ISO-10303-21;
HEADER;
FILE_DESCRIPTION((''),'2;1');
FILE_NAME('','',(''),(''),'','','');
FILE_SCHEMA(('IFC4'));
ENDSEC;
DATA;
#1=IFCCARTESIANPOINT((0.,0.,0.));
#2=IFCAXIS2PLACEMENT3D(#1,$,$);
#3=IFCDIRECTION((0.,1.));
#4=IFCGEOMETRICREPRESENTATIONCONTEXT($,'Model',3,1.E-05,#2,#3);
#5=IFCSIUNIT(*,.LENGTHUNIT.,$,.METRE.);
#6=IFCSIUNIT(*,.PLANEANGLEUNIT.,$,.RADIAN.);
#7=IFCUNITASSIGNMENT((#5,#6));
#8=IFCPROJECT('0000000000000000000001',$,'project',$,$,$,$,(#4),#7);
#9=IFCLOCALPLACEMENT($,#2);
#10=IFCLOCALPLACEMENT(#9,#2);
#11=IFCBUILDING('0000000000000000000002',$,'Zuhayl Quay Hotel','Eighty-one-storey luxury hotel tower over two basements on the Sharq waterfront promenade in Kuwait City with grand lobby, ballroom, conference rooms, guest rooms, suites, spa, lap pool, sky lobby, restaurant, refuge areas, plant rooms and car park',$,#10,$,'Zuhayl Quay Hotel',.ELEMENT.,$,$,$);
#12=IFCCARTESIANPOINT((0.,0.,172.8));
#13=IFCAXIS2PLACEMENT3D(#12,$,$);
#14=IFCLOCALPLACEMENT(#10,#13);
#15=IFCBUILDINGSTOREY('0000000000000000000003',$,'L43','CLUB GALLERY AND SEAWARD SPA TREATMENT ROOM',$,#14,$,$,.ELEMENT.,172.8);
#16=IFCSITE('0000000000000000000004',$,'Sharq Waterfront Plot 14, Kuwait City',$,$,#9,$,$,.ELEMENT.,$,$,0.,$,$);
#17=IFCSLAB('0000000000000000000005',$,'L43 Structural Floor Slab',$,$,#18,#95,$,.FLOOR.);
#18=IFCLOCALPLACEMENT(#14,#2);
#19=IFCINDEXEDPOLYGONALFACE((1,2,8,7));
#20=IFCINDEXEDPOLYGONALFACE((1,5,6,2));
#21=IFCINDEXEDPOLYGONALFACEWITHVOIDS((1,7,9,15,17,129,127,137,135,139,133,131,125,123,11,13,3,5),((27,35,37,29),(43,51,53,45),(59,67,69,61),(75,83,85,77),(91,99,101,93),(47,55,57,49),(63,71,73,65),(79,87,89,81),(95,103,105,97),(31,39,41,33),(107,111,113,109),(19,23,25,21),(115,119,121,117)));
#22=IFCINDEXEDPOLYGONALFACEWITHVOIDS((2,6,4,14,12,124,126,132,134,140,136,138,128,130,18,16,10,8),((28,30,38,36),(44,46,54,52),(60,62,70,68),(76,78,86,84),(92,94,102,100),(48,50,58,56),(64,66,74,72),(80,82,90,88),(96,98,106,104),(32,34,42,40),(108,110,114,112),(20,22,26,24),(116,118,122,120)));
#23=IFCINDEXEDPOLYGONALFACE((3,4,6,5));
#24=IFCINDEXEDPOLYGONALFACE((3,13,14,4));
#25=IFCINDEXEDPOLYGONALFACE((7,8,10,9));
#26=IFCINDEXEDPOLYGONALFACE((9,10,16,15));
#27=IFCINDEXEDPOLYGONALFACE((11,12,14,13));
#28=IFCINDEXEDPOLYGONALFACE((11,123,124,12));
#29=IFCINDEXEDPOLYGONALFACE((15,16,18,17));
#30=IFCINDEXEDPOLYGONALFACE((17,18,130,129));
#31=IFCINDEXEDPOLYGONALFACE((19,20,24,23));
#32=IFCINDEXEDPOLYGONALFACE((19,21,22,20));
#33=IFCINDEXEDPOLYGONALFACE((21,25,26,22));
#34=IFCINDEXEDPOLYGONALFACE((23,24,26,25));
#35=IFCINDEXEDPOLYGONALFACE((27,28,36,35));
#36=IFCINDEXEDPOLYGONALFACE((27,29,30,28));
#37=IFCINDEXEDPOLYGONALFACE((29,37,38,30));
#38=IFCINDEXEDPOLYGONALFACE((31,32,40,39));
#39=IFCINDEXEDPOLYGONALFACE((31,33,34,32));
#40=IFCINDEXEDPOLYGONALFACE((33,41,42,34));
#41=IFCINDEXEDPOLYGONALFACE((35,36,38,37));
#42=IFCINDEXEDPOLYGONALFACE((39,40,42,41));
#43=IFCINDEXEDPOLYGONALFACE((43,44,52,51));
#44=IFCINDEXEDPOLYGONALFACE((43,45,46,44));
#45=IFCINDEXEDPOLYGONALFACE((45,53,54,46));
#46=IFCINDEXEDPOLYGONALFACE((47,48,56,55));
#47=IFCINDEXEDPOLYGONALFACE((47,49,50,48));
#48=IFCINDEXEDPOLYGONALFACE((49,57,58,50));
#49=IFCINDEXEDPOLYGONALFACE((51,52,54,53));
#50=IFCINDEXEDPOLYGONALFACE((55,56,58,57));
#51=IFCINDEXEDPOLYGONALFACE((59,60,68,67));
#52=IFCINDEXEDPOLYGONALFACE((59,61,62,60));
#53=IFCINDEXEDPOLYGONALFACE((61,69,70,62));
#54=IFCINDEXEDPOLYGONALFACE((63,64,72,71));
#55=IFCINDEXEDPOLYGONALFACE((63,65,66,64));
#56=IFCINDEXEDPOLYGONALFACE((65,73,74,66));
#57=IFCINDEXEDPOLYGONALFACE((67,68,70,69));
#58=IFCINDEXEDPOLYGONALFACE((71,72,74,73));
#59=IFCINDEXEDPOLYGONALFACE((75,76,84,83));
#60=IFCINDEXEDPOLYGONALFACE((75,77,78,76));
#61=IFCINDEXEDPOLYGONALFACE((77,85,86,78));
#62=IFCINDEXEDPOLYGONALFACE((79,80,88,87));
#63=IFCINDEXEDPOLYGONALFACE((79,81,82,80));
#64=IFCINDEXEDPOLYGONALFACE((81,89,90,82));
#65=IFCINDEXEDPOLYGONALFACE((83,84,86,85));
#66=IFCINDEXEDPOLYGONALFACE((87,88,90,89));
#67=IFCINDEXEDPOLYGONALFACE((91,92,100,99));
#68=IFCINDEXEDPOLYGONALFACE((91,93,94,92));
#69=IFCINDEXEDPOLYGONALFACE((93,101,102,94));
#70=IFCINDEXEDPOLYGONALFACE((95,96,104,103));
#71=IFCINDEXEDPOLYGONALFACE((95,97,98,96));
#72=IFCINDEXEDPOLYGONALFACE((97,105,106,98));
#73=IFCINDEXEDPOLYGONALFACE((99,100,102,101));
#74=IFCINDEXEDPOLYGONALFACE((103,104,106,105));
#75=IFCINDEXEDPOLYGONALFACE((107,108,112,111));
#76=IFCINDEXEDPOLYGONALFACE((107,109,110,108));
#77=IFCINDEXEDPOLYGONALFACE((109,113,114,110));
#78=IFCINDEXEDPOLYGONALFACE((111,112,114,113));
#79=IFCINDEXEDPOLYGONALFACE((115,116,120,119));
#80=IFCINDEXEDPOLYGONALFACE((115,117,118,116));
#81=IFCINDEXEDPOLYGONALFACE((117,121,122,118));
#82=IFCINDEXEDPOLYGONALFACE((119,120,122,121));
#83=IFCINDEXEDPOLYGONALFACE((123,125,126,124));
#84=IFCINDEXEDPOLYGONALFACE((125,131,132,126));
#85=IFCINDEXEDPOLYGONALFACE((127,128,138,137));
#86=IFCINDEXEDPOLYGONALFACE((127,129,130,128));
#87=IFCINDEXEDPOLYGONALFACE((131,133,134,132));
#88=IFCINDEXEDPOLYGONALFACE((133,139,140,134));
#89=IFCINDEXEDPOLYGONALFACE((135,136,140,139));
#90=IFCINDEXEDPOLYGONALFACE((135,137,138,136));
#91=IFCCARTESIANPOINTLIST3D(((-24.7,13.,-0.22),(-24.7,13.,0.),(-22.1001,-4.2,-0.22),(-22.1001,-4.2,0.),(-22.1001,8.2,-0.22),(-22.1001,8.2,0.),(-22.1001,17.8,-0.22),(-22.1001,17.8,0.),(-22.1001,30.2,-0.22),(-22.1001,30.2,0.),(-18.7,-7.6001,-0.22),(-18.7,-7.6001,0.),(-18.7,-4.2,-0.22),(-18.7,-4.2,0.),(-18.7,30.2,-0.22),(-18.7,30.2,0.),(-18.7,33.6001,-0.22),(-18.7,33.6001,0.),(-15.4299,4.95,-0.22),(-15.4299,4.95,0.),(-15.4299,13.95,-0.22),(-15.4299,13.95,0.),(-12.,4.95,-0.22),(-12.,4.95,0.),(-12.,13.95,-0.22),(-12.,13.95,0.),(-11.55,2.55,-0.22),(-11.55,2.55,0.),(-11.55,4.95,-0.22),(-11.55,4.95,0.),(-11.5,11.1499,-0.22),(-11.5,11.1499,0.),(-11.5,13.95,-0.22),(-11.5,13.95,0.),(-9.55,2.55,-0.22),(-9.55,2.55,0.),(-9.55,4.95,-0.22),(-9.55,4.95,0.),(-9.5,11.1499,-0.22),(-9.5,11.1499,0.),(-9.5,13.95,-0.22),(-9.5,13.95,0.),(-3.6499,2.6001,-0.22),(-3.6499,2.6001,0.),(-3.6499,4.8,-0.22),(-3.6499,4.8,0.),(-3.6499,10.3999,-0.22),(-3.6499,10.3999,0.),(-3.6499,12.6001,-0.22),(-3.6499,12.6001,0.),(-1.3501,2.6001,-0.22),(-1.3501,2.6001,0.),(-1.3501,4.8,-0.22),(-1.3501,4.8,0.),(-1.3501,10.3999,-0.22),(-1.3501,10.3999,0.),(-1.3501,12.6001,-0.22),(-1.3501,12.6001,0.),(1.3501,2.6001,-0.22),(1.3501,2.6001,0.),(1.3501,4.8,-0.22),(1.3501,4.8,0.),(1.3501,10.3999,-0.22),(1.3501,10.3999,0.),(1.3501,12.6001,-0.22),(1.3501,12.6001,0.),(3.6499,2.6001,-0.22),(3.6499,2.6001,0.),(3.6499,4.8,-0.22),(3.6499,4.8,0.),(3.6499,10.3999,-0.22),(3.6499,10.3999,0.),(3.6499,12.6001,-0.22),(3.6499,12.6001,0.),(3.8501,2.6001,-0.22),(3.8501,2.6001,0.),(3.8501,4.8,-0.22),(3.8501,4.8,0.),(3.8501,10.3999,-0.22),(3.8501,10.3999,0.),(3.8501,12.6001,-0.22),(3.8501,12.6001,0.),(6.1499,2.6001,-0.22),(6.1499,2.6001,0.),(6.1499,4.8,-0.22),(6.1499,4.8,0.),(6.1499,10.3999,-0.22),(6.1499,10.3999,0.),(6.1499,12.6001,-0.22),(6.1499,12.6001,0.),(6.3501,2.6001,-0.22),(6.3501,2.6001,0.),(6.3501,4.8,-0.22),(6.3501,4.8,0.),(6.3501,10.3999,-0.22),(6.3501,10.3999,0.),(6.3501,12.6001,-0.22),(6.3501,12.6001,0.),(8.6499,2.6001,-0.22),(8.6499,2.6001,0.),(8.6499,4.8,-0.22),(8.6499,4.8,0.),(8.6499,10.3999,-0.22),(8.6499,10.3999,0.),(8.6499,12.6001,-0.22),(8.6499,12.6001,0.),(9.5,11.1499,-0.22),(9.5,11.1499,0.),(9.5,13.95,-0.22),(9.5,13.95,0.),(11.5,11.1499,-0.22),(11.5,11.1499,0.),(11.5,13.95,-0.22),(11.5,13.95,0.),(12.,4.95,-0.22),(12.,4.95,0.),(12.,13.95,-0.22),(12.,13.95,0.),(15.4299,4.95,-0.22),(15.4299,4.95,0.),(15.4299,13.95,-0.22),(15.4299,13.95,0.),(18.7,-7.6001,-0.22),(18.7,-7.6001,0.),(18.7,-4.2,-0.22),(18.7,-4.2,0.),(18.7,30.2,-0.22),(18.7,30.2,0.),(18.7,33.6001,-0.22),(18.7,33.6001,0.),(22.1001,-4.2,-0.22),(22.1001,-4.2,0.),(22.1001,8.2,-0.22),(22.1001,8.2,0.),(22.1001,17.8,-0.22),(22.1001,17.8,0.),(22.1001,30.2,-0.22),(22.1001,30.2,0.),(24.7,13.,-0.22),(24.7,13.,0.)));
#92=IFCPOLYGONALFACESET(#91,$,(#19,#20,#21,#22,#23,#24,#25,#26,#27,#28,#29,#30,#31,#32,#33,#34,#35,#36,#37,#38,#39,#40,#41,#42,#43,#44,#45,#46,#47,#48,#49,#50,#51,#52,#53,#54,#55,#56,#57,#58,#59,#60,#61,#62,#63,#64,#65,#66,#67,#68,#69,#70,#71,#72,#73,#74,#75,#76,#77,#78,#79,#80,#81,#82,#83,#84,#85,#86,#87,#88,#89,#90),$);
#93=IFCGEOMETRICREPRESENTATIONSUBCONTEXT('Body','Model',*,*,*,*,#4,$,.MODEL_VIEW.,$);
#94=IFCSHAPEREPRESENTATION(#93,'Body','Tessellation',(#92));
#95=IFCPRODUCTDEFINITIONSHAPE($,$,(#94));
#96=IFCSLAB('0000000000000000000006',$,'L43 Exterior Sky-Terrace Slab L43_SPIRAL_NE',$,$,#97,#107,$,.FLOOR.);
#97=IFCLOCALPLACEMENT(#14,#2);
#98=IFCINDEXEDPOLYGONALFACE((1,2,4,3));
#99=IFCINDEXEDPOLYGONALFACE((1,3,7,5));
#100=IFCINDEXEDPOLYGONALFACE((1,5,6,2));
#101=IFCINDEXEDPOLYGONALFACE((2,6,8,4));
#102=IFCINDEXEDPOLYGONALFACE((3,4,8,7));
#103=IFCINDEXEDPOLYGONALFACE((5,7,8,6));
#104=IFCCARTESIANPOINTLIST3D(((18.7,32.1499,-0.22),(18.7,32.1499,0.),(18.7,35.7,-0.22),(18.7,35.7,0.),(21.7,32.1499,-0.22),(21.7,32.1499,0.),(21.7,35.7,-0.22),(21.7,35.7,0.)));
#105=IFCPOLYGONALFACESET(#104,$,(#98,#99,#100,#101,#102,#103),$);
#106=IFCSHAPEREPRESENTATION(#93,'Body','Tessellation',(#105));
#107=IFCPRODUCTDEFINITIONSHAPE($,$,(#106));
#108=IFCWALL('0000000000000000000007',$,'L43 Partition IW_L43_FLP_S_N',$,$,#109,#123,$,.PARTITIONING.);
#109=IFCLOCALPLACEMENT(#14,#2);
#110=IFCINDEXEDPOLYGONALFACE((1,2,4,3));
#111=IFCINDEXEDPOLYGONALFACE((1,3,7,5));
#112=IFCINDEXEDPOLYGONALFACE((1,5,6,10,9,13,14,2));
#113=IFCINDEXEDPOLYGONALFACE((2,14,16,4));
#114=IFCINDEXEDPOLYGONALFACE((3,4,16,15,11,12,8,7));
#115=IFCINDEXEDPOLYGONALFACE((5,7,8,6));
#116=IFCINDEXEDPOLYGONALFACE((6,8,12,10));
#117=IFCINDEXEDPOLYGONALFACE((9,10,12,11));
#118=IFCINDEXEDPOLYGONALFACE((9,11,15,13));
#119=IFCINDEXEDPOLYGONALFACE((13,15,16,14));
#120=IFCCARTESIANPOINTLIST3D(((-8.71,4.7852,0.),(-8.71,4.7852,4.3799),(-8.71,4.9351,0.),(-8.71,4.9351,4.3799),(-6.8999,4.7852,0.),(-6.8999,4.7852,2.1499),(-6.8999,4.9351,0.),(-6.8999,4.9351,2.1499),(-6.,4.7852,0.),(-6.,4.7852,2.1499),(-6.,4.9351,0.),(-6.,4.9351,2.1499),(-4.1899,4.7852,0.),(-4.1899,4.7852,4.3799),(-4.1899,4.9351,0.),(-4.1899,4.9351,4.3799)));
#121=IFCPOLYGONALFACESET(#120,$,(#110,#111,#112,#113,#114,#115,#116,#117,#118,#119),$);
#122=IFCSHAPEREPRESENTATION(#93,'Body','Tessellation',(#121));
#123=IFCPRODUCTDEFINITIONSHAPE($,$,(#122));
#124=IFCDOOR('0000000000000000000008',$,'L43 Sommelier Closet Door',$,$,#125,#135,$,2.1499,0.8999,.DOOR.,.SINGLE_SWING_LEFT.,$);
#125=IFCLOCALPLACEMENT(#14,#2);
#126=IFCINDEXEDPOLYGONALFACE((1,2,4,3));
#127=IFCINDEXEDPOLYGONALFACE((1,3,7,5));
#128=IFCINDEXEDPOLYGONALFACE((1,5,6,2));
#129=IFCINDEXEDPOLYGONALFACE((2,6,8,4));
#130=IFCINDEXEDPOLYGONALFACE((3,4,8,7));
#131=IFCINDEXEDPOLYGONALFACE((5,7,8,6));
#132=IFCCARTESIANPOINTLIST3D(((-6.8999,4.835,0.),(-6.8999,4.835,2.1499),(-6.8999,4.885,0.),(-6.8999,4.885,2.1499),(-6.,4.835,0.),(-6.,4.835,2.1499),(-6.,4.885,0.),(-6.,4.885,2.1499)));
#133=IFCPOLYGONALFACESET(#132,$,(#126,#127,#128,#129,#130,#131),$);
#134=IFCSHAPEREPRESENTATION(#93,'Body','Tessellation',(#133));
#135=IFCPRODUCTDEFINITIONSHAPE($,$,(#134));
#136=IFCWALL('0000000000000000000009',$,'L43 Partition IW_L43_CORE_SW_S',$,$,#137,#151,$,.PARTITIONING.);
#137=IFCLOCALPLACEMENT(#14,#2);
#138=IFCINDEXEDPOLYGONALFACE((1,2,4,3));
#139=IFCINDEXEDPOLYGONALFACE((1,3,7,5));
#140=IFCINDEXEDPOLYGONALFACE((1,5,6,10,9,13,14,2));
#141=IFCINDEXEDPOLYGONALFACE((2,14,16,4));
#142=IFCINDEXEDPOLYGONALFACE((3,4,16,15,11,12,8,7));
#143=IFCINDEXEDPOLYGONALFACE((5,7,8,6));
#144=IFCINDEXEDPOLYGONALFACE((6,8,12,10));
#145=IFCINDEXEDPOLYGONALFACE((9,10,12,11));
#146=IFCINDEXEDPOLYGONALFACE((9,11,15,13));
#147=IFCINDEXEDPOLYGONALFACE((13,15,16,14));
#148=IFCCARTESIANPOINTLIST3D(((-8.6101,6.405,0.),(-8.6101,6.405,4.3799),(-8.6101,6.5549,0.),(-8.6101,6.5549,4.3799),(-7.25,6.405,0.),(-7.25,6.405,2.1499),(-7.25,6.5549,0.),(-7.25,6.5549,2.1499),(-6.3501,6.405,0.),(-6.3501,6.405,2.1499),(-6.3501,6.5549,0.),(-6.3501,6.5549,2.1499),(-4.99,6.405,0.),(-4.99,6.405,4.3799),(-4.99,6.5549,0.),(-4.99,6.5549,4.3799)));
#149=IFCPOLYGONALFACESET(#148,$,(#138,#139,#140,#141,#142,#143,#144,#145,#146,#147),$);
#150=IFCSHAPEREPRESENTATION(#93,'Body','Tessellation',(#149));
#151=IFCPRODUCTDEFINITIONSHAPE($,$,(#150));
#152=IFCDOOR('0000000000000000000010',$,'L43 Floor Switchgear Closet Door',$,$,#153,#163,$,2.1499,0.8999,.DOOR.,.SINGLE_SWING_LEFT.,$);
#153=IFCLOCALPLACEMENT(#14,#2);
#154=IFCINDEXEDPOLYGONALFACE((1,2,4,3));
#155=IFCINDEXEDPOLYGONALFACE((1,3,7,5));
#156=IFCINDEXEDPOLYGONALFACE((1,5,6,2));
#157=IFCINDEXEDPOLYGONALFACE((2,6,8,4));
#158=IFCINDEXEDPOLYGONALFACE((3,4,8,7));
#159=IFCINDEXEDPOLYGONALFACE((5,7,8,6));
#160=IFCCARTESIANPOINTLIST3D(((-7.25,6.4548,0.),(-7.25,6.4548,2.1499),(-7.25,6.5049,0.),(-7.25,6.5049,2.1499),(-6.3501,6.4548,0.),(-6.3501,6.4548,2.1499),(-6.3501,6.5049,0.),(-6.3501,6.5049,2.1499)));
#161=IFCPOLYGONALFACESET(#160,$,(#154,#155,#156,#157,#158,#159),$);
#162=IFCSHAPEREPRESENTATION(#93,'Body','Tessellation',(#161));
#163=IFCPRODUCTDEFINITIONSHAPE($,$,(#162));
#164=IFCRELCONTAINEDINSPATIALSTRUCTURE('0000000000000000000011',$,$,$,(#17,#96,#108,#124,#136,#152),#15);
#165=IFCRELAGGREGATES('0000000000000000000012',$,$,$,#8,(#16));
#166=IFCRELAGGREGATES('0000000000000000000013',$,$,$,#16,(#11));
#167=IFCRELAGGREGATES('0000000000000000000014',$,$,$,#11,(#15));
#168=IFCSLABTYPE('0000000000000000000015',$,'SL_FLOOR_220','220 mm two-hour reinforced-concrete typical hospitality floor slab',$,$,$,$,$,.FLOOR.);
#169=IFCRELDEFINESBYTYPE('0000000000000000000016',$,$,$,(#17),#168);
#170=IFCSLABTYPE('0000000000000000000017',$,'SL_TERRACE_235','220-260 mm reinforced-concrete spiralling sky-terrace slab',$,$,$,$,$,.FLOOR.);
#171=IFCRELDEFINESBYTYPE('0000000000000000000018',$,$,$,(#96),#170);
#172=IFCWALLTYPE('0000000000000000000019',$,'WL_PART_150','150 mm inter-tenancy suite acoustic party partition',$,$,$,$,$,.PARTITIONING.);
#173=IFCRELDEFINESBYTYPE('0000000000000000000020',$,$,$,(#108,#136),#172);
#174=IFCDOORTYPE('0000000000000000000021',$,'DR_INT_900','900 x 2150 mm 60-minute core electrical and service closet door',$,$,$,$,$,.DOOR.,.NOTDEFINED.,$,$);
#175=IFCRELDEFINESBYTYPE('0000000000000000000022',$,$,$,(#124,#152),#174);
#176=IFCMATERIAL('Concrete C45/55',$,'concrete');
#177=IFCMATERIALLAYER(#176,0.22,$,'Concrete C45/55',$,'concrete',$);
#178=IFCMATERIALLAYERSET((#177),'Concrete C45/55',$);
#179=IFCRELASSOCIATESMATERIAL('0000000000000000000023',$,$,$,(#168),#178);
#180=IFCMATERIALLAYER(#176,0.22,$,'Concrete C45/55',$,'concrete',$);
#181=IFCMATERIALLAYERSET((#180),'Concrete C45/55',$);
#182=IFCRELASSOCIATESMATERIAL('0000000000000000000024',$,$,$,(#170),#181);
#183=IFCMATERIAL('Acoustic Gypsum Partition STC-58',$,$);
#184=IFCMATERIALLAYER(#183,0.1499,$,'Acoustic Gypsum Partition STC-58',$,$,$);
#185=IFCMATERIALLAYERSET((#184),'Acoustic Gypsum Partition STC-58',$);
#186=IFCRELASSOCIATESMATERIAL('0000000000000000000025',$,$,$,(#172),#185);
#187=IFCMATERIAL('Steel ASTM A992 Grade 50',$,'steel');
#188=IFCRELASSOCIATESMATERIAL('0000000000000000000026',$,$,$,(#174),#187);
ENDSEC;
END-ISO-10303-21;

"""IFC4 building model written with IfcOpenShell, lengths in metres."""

from ifc_helpers import new_model, si_unit, direction, frame, frame_2d, origin, place, context, subcontext, project, spatial, polyline, rectangle, outline, extrude, material, layer, layer_set, type_object, element, fill, save


model = new_model("IFC4")

# Units and contexts
model_context = context("Model", 3, precision=1e-05, world=origin(), true_north=direction((0.0, 1.0)))
body_context = subcontext(model_context, "Body", "Model", "MODEL_VIEW")
ifc_project = project(units=[si_unit("LENGTHUNIT", "METRE"), si_unit("PLANEANGLEUNIT", "RADIAN")], contexts=[model_context])

# Site, building, storey
site_placement = place(None, origin())
site = spatial("IfcSite", under=ifc_project, at=site_placement, Name="Sharq Waterfront Plot 14, Kuwait City", CompositionType="ELEMENT", RefElevation=0.0)
building_placement = place(site_placement, origin())
building = spatial("IfcBuilding", under=site, at=building_placement, Name="Zuhayl Quay Hotel", Description="Eighty-one-storey luxury hotel tower over two basements on the Sharq waterfront promenade in Kuwait City with grand lobby, ballroom, conference rooms, guest rooms, suites, spa, lap pool, sky lobby, restaurant, refuge areas, plant rooms and car park", LongName="Zuhayl Quay Hotel", CompositionType="ELEMENT")
storey_placement = place(building_placement, frame((0.0, 0.0, 172.8)))
storey = spatial("IfcBuildingStorey", under=building, at=storey_placement, Name="L43", Description="CLUB GALLERY AND SEAWARD SPA TREATMENT ROOM", CompositionType="ELEMENT", Elevation=172.8)

# Shared definitions
ifc_material_1 = material(Name="Steel ASTM A992 Grade 50", Category="steel")

# Slabs
ifc_material_2 = material(Name="Concrete C45/55", Category="concrete")
ifc_layer_1 = layer(ifc_material_2, 0.22, Name="Concrete C45/55", Category="concrete")
ifc_layer_set_1 = layer_set([ifc_layer_1], Name="Concrete C45/55")
slab_type_1 = type_object("IfcSlabType", Name="SL_FLOOR_220", Description="220 mm two-hour reinforced-concrete typical hospitality floor slab", PredefinedType="FLOOR", material=ifc_layer_set_1)
slab_1_placement = place(storey_placement, frame((0.0, 0.0, -0.22)))
element("IfcSlab", 1, at=slab_1_placement, inside=storey, type_object=slab_type_1, Name="L43 Structural Floor Slab", PredefinedType="FLOOR", context=body_context, shape_type="SweptSolid", body=[
    extrude(outline(polyline([(-18.7, -7.6001), (18.7, -7.6001), (18.7, -4.2), (22.1001, -4.2), (22.1001, 8.2), (24.7, 13.0), (22.1001, 17.8), (22.1001, 30.2), (18.7, 30.2), (18.7, 33.6001), (-18.7, 33.6001), (-18.7, 30.2), (-22.1001, 30.2), (-22.1001, 17.8), (-24.7, 13.0), (-22.1001, 8.2), (-22.1001, -4.2), (-18.7, -4.2), (-18.7, -7.6001)]), holes=[polyline([(-12.0, 4.95), (-12.0, 13.95), (-15.4299, 13.95), (-15.4299, 4.95), (-12.0, 4.95)]), polyline([(15.4299, 4.95), (15.4299, 13.95), (12.0, 13.95), (12.0, 4.95), (15.4299, 4.95)]), polyline([(-11.5, 11.1499), (-9.5, 11.1499), (-9.5, 13.95), (-11.5, 13.95), (-11.5, 11.1499)]), polyline([(9.5, 11.1499), (11.5, 11.1499), (11.5, 13.95), (9.5, 13.95), (9.5, 11.1499)]), polyline([(-3.6499, 2.6001), (-1.3501, 2.6001), (-1.3501, 4.8), (-3.6499, 4.8), (-3.6499, 2.6001)]), polyline([(1.3501, 2.6001), (3.6499, 2.6001), (3.6499, 4.8), (1.3501, 4.8), (1.3501, 2.6001)]), polyline([(-3.6499, 10.3999), (-1.3501, 10.3999), (-1.3501, 12.6001), (-3.6499, 12.6001), (-3.6499, 10.3999)]), polyline([(1.3501, 10.3999), (3.6499, 10.3999), (3.6499, 12.6001), (1.3501, 12.6001), (1.3501, 10.3999)]), polyline([(3.8501, 2.6001), (6.1499, 2.6001), (6.1499, 4.8), (3.8501, 4.8), (3.8501, 2.6001)]), polyline([(6.3501, 2.6001), (8.6499, 2.6001), (8.6499, 4.8), (6.3501, 4.8), (6.3501, 2.6001)]), polyline([(3.8501, 10.3999), (6.1499, 10.3999), (6.1499, 12.6001), (3.8501, 12.6001), (3.8501, 10.3999)]), polyline([(6.3501, 10.3999), (8.6499, 10.3999), (8.6499, 12.6001), (6.3501, 12.6001), (6.3501, 10.3999)]), polyline([(-11.55, 2.55), (-9.55, 2.55), (-9.55, 4.95), (-11.55, 4.95), (-11.55, 2.55)])]), origin(), (0.0, 0.0, 1.0), 0.22),
])
ifc_layer_2 = layer(ifc_material_2, 0.22, Name="Concrete C45/55", Category="concrete")
ifc_layer_set_2 = layer_set([ifc_layer_2], Name="Concrete C45/55")
slab_type_2 = type_object("IfcSlabType", Name="SL_TERRACE_235", Description="220-260 mm reinforced-concrete spiralling sky-terrace slab", PredefinedType="FLOOR", material=ifc_layer_set_2)
slab_2_placement = place(storey_placement, frame((0.0, 0.0, -0.22)))
element("IfcSlab", 2, at=slab_2_placement, inside=storey, type_object=slab_type_2, Name="L43 Exterior Sky-Terrace Slab L43_SPIRAL_NE", PredefinedType="FLOOR", context=body_context, shape_type="SweptSolid", body=[
    extrude(outline(polyline([(18.7, 32.1499), (21.7, 32.1499), (21.7, 35.7), (18.7, 35.7), (18.7, 32.1499)])), origin(), (0.0, 0.0, 1.0), 0.22),
])

# Walls, openings, doors
ifc_material_3 = material(Name="Acoustic Gypsum Partition STC-58")
ifc_layer_3 = layer(ifc_material_3, 0.1499, Name="Acoustic Gypsum Partition STC-58")
ifc_layer_set_3 = layer_set([ifc_layer_3], Name="Acoustic Gypsum Partition STC-58")
wall_type_1 = type_object("IfcWallType", Name="WL_PART_150", Description="150 mm inter-tenancy suite acoustic party partition", PredefinedType="PARTITIONING", material=ifc_layer_set_3)
wall_1_placement = place(storey_placement, frame((-8.71, 4.8601, 0.0), z_axis=(0.0, 0.0, 1.0), x_axis=(1.0, 0.0, 0.0)))
wall_1 = element("IfcWall", 3, at=wall_1_placement, inside=storey, type_object=wall_type_1, Name="L43 Partition IW_L43_FLP_S_N", PredefinedType="PARTITIONING", context=body_context, shape_type="SweptSolid", body=[
    extrude(rectangle(XDim=4.52, YDim=0.1499, at=frame_2d((2.26, 0.0))), origin(), (0.0, 0.0, 1.0), 4.3799),
])
opening_1_placement = place(wall_1_placement, frame((1.8101, 0.0, 0.0)))
opening_1 = element("IfcOpeningElement", 4, at=opening_1_placement, cuts=wall_1, PredefinedType="OPENING", context=body_context, shape_type="SweptSolid", body=[
    extrude(rectangle(XDim=0.8999, YDim=2.1499, at=frame_2d((0.45, 1.075))), frame((0.0, 0.085, 0.0), z_axis=(0.0, -1.0, 0.0), x_axis=(1.0, 0.0, 0.0)), (0.0, 0.0, 1.0), 0.1699),
])
door_type_1 = type_object("IfcDoorType", Name="DR_INT_900", Description="900 x 2150 mm 60-minute core electrical and service closet door", OperationType="NOTDEFINED", PredefinedType="DOOR", material=ifc_material_1)
door_1_placement = place(opening_1_placement, origin())
door_1 = element("IfcDoor", 5, at=door_1_placement, inside=storey, type_object=door_type_1, Name="L43 Sommelier Closet Door", OperationType="SINGLE_SWING_LEFT", OverallHeight=2.1499, OverallWidth=0.8999, PredefinedType="DOOR", context=body_context, shape_type="SweptSolid", body=[
    extrude(rectangle(XDim=0.8999, YDim=2.1499, at=frame_2d((0.45, 1.075))), frame((0.0, 0.0249, 0.0), z_axis=(0.0, -1.0, 0.0), x_axis=(1.0, 0.0, 0.0)), (0.0, 0.0, 1.0), 0.05),
])
fill(opening_1, door_1)
wall_2_placement = place(storey_placement, frame((-8.6101, 6.48, 0.0), z_axis=(0.0, 0.0, 1.0), x_axis=(1.0, 0.0, 0.0)))
wall_2 = element("IfcWall", 6, at=wall_2_placement, inside=storey, type_object=wall_type_1, Name="L43 Partition IW_L43_CORE_SW_S", PredefinedType="PARTITIONING", context=body_context, shape_type="SweptSolid", body=[
    extrude(rectangle(XDim=3.6201, YDim=0.1499, at=frame_2d((1.8101, 0.0))), origin(), (0.0, 0.0, 1.0), 4.3799),
])
opening_2_placement = place(wall_2_placement, frame((1.3601, 0.0, 0.0)))
opening_2 = element("IfcOpeningElement", 7, at=opening_2_placement, cuts=wall_2, PredefinedType="OPENING", context=body_context, shape_type="SweptSolid", body=[
    extrude(rectangle(XDim=0.8999, YDim=2.1499, at=frame_2d((0.45, 1.075))), frame((0.0, 0.085, 0.0), z_axis=(0.0, -1.0, 0.0), x_axis=(1.0, 0.0, 0.0)), (0.0, 0.0, 1.0), 0.1699),
])
door_2_placement = place(opening_2_placement, origin())
door_2 = element("IfcDoor", 8, at=door_2_placement, inside=storey, type_object=door_type_1, Name="L43 Floor Switchgear Closet Door", OperationType="SINGLE_SWING_LEFT", OverallHeight=2.1499, OverallWidth=0.8999, PredefinedType="DOOR", context=body_context, shape_type="SweptSolid", body=[
    extrude(rectangle(XDim=0.8999, YDim=2.1499, at=frame_2d((0.45, 1.075))), frame((0.0, 0.0249, 0.0), z_axis=(0.0, -1.0, 0.0), x_axis=(1.0, 0.0, 0.0)), (0.0, 0.0, 1.0), 0.05),
])
fill(opening_2, door_2)

save(model, "model.ifc")
